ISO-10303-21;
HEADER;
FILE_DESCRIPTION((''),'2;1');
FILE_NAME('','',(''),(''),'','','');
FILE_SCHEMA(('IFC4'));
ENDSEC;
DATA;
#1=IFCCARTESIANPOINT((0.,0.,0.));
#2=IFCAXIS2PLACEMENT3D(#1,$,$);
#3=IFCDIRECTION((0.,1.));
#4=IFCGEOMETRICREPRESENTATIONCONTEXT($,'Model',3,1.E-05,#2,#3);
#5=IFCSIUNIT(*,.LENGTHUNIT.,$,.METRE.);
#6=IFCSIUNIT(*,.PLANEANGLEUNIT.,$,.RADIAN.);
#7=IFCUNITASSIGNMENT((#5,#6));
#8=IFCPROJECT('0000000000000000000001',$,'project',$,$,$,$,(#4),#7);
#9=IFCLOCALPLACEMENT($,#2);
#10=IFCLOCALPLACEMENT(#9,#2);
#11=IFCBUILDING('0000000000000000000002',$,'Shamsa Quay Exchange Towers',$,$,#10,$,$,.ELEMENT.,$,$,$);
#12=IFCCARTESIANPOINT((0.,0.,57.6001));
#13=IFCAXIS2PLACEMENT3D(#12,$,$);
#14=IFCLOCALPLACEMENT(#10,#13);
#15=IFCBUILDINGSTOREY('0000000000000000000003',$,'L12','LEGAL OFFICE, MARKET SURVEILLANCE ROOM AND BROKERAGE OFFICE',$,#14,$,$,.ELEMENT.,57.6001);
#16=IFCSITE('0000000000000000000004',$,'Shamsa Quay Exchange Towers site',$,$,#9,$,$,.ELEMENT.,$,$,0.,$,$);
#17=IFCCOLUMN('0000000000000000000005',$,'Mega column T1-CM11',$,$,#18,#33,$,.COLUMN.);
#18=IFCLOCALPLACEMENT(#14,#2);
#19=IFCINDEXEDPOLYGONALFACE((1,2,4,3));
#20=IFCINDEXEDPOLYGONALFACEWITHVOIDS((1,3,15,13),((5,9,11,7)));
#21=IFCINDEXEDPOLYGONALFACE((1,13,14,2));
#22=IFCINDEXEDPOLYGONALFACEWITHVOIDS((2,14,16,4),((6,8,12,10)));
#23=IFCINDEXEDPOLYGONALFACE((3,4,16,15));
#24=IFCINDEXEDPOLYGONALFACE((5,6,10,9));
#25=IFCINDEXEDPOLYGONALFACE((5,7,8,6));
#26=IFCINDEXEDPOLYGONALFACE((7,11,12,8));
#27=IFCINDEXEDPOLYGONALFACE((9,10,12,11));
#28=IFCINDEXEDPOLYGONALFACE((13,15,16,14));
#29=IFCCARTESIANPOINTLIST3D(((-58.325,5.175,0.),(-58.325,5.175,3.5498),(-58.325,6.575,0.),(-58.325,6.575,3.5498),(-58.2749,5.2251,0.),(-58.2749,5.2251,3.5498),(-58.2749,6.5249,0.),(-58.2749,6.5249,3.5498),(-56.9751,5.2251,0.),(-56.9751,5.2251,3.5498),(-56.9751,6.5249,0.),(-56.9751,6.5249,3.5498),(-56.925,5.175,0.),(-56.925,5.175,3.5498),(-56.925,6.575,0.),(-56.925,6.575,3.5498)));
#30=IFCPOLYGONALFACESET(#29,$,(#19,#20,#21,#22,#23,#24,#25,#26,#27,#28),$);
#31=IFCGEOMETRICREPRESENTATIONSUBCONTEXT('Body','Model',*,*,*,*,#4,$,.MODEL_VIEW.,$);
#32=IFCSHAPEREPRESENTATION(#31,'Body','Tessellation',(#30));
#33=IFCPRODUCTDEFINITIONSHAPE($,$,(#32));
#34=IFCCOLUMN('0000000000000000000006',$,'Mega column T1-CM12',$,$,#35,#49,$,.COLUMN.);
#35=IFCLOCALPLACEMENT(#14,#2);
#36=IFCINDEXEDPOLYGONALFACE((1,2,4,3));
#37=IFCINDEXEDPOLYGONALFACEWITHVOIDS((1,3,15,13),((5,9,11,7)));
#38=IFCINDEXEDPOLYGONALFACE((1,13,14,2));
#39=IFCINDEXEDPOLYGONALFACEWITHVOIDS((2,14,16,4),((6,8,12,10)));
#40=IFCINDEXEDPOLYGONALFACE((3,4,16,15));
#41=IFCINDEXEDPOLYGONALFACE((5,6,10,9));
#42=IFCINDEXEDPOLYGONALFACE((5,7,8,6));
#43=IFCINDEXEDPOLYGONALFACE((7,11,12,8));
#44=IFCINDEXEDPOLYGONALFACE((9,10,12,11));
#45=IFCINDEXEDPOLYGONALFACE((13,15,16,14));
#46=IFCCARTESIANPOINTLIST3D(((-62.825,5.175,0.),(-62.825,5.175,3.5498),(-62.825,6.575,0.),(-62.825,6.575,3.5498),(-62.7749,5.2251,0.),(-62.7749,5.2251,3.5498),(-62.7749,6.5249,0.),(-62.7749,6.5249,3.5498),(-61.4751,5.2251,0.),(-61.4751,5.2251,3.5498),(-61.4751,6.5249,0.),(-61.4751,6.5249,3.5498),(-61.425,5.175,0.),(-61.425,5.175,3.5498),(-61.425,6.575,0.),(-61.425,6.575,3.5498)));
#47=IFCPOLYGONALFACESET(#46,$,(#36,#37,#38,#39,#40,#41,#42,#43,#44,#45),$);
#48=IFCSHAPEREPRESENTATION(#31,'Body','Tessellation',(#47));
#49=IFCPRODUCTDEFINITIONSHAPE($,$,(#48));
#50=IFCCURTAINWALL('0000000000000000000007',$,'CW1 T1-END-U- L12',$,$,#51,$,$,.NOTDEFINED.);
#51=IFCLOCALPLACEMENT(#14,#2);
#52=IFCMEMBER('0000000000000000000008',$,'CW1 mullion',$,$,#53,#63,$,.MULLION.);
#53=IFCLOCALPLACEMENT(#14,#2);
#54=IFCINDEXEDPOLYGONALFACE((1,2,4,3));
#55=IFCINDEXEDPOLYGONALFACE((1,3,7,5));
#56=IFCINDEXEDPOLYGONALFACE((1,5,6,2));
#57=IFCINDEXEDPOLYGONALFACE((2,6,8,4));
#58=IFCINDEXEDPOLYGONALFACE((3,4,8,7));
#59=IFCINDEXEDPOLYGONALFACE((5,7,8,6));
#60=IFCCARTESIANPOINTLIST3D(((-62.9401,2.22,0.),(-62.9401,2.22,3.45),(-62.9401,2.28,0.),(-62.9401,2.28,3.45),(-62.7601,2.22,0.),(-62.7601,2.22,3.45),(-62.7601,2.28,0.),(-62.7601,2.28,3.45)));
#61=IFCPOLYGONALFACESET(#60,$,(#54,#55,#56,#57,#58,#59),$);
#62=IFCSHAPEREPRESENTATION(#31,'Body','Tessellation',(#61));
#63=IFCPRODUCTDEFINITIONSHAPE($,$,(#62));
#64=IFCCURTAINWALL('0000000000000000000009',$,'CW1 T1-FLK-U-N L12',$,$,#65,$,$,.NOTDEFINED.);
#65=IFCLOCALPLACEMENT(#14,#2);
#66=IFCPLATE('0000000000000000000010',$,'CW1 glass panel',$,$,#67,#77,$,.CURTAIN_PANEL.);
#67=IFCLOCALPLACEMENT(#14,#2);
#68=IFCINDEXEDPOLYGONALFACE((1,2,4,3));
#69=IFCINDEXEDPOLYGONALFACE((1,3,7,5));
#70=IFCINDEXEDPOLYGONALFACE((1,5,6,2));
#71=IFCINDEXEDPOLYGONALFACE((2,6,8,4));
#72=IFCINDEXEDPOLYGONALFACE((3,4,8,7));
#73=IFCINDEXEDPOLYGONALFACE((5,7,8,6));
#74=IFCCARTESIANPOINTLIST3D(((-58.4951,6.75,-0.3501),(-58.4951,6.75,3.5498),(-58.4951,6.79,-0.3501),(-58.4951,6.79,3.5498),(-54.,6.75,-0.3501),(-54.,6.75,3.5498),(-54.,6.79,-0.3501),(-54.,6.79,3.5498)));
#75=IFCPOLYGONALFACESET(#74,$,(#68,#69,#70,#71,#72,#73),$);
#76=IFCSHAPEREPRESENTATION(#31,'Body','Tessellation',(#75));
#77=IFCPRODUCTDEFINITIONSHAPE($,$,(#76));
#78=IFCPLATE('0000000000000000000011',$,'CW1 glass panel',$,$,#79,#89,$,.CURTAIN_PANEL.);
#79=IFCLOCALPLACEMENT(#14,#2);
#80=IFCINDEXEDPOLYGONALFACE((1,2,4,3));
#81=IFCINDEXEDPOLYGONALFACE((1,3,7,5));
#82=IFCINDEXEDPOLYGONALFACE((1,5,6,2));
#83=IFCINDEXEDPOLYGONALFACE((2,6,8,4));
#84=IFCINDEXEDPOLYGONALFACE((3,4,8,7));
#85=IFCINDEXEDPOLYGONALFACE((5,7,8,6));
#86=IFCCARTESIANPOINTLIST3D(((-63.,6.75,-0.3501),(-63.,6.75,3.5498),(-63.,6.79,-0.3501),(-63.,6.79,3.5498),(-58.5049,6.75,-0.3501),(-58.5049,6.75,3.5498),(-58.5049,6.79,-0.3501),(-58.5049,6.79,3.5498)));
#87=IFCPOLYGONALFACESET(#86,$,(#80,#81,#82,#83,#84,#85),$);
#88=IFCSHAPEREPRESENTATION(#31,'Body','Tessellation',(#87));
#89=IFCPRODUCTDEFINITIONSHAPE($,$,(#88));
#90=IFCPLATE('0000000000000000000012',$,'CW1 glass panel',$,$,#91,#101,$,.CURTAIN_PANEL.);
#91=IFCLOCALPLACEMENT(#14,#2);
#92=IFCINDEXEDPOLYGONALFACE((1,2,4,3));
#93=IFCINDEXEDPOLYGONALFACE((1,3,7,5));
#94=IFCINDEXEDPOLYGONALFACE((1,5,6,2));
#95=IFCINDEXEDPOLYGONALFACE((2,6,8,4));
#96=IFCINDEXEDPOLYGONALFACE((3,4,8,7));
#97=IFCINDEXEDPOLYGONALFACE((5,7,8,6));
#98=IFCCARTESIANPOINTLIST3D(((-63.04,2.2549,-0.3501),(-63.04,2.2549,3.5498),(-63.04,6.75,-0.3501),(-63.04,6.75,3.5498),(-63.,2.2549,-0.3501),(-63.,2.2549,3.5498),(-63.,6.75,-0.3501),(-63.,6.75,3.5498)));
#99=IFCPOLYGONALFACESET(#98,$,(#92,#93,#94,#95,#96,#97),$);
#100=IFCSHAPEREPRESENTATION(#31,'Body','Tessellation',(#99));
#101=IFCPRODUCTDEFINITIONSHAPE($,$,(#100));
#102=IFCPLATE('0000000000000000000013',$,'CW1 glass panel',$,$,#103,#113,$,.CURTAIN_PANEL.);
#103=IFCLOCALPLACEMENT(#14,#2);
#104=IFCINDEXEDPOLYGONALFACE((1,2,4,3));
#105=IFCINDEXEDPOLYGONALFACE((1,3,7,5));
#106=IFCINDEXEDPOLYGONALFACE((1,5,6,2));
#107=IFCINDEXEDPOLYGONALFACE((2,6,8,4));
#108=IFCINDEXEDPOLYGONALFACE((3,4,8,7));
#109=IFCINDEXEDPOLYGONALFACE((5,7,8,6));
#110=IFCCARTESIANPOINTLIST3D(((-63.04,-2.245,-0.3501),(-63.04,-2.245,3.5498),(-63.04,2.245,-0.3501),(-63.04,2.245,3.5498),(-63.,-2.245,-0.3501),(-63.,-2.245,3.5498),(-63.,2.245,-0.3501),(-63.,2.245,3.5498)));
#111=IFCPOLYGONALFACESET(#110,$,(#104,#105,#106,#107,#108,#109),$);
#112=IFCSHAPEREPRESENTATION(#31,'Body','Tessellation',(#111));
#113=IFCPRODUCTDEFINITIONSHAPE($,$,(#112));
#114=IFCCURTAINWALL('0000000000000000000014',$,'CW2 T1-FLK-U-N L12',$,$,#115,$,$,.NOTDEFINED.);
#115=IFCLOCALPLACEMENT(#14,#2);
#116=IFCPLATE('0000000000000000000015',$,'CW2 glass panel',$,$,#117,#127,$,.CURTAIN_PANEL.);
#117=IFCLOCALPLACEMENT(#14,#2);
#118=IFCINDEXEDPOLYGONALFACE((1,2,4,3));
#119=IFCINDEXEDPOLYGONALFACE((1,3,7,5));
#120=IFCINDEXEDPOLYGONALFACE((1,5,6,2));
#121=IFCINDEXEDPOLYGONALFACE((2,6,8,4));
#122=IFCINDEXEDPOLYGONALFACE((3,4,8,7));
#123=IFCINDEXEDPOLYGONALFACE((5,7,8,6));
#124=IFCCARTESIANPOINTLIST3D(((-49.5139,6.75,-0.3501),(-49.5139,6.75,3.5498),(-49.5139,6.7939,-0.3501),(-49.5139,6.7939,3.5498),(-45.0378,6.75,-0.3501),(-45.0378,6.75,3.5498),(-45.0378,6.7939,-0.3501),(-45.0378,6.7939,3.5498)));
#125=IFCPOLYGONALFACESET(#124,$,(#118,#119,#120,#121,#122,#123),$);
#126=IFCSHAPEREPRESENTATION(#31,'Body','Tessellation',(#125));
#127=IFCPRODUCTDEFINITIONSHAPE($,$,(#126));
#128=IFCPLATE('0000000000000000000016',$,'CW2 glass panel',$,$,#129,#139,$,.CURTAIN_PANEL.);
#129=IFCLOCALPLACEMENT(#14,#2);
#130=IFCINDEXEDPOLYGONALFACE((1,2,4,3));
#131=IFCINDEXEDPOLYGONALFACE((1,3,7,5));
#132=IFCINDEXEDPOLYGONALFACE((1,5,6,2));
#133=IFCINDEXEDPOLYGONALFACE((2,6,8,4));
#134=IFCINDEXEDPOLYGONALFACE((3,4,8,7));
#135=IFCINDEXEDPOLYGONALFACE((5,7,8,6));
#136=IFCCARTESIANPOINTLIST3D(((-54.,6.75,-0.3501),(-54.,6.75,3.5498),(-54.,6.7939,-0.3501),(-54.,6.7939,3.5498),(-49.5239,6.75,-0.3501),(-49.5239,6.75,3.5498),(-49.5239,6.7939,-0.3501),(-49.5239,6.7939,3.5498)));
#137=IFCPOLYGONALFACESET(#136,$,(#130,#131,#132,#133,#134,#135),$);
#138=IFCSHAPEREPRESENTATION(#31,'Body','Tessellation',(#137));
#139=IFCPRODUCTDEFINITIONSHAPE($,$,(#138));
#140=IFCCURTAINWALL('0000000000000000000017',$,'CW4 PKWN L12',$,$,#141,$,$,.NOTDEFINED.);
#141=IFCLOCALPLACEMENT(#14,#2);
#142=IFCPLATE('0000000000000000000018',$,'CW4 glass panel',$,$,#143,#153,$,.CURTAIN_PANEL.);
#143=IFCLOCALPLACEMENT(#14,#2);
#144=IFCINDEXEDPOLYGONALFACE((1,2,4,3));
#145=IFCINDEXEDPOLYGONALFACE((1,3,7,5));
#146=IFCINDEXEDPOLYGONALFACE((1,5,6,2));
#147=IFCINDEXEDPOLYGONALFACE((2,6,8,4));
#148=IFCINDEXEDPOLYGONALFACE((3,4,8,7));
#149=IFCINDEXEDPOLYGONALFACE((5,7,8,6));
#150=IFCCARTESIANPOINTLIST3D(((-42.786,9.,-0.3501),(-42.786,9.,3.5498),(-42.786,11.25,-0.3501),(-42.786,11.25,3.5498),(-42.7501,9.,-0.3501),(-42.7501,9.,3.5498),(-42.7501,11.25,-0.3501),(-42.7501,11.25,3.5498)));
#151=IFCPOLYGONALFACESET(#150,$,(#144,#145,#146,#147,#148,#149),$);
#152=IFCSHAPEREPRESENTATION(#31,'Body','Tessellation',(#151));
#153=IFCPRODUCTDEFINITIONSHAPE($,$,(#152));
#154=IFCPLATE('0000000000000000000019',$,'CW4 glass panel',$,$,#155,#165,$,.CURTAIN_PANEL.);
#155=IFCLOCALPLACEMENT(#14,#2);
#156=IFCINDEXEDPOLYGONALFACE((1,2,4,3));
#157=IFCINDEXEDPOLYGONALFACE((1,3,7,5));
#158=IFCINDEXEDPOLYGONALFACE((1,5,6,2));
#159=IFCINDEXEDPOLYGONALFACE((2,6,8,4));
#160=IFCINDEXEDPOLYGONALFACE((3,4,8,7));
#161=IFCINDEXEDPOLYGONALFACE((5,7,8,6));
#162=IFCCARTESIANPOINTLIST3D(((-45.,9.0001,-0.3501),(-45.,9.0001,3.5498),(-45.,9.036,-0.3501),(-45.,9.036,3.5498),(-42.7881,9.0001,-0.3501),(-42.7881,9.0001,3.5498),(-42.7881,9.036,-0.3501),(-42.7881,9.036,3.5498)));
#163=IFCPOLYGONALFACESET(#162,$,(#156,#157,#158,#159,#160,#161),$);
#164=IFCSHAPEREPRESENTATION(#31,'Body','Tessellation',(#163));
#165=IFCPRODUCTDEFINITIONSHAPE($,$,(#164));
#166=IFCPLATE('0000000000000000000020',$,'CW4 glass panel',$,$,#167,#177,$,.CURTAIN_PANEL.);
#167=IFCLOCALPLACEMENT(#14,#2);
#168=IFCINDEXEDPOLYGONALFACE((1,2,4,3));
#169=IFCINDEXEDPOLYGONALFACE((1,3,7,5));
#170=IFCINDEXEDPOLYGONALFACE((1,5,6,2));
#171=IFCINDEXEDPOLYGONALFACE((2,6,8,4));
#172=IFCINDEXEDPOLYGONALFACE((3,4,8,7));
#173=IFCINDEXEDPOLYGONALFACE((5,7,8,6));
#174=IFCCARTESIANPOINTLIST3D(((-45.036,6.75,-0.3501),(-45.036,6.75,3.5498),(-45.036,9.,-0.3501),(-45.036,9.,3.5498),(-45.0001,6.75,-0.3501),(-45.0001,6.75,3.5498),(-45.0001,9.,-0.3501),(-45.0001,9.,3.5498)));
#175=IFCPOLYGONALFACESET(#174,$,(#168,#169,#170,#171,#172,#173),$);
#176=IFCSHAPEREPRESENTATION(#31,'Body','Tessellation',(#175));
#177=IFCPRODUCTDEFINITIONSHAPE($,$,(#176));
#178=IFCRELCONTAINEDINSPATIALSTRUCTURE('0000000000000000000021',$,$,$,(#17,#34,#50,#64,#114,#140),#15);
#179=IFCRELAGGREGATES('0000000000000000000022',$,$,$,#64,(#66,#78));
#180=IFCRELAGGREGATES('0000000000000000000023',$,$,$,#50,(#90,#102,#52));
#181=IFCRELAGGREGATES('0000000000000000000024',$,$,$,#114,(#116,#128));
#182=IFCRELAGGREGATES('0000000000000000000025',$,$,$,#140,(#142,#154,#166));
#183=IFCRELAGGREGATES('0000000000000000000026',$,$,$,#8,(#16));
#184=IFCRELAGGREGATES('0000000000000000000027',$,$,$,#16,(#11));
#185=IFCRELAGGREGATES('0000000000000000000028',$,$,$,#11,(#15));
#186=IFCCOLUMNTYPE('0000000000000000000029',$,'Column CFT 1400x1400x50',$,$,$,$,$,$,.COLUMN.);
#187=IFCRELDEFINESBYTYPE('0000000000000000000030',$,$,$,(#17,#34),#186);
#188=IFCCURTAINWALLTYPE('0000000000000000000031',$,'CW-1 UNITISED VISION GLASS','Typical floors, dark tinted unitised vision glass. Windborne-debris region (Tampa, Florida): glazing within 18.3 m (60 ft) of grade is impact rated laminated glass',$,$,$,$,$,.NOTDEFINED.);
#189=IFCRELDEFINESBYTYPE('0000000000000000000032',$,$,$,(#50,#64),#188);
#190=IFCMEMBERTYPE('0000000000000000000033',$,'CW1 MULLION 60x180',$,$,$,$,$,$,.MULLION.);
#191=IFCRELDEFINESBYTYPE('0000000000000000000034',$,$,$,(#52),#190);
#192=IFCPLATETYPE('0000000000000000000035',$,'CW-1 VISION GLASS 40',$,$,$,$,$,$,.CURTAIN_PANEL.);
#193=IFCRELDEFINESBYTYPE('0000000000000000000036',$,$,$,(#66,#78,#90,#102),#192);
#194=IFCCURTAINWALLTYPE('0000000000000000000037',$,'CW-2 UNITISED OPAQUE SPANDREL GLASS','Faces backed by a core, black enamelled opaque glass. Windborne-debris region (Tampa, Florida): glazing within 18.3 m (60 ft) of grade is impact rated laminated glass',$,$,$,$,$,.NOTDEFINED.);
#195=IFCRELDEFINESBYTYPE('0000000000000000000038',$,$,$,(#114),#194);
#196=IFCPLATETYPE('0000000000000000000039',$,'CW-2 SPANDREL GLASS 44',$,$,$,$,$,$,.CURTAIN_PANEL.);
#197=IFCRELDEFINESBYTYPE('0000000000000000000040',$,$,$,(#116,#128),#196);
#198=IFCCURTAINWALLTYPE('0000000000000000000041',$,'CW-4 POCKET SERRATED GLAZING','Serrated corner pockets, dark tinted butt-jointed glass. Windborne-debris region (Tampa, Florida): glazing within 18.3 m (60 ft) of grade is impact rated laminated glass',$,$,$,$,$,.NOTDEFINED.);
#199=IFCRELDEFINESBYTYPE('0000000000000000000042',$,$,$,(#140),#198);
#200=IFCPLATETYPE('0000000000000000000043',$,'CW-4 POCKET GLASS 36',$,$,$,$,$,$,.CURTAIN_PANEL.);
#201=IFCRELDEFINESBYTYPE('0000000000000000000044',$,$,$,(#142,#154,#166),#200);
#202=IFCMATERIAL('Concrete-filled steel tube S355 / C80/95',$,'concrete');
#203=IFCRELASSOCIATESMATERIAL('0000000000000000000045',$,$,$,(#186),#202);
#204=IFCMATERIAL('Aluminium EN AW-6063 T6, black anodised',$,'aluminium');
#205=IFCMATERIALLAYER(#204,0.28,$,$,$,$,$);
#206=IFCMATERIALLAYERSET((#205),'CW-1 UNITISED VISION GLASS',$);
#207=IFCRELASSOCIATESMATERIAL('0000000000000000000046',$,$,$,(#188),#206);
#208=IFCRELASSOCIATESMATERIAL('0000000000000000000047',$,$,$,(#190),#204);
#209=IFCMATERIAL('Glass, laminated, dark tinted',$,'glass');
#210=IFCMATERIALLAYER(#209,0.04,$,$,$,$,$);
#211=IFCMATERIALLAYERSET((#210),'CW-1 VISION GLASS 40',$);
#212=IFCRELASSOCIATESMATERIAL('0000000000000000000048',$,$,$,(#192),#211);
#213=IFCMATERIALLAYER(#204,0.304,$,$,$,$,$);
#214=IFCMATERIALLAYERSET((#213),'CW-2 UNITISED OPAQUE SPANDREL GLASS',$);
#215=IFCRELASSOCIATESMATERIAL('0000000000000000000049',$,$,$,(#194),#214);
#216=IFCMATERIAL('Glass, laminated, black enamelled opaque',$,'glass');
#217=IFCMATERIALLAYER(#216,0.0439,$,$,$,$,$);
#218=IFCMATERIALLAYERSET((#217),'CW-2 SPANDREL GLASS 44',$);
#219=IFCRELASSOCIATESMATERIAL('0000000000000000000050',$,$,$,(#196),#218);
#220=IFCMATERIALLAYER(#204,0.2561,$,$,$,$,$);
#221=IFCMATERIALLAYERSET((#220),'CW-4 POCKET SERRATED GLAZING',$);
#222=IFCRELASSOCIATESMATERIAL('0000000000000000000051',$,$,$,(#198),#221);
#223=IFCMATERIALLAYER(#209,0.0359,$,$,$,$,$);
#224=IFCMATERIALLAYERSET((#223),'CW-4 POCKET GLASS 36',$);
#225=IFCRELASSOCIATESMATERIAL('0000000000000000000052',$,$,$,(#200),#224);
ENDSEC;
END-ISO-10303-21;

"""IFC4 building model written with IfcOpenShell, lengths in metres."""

from ifc_helpers import new_model, si_unit, direction, frame, origin, origin_2d, place, context, subcontext, project, spatial, rectangle, hollow_rectangle, extrude, material, layer, layer_set, material_profile, profile_set, type_object, element, aggregate, save


model = new_model("IFC4")

# Units and contexts
model_context = context("Model", 3, precision=1e-05, world=origin(), true_north=direction((0.0, 1.0)))
body_context = subcontext(model_context, "Body", "Model", "MODEL_VIEW")
ifc_project = project(units=[si_unit("LENGTHUNIT", "METRE"), si_unit("PLANEANGLEUNIT", "RADIAN")], contexts=[model_context])

# Site, building, storey
site_placement = place(None, origin())
site = spatial("IfcSite", under=ifc_project, at=site_placement, Name="Shamsa Quay Exchange Towers site", CompositionType="ELEMENT", RefElevation=0.0)
building_placement = place(site_placement, origin())
building = spatial("IfcBuilding", under=site, at=building_placement, Name="Shamsa Quay Exchange Towers", CompositionType="ELEMENT")
storey_placement = place(building_placement, frame((0.0, 0.0, 57.6001)))
storey = spatial("IfcBuildingStorey", under=building, at=storey_placement, Name="L12", Description="LEGAL OFFICE, MARKET SURVEILLANCE ROOM AND BROKERAGE OFFICE", CompositionType="ELEMENT", Elevation=57.6001)

# Columns
ifc_material_1 = material(Name="Concrete-filled steel tube S355 / C80/95", Category="concrete")
ifc_material_profile_1 = material_profile(ifc_material_1, hollow_rectangle(XDim=1.3999, YDim=1.3999, WallThickness=0.05, at=origin_2d()), Name="CFT 1400x1400x50")
ifc_profile_set_1 = profile_set([ifc_material_profile_1], Name="Concrete-filled steel tube S355 / C80/95")
column_type = type_object("IfcColumnType", Name="Column CFT 1400x1400x50", PredefinedType="COLUMN", material=ifc_profile_set_1)
for number, where, name in (
    (1, (-57.625, 5.875, 0.0), "Mega column T1-CM11"),
    (2, (-62.125, 5.875, 0.0), "Mega column T1-CM12"),
):
    element("IfcColumn", number, at=place(storey_placement, frame(where)), inside=storey, type_object=column_type, Name=name, PredefinedType="COLUMN", context=body_context, shape_type="SweptSolid", body=[
        extrude(hollow_rectangle(XDim=1.3999, YDim=1.3999, WallThickness=0.05, at=origin_2d()), origin(), (0.0, 0.0, 1.0), 3.5498),
    ])

# Curtain wall, member
ifc_material_2 = material(Name="Aluminium EN AW-6063 T6, black anodised", Category="aluminium")
ifc_layer_1 = layer(ifc_material_2, 0.28)
ifc_layer_set_1 = layer_set([ifc_layer_1], Name="CW-1 UNITISED VISION GLASS")
curtain_wall_type_1 = type_object("IfcCurtainWallType", Name="CW-1 UNITISED VISION GLASS", Description="Typical floors, dark tinted unitised vision glass. Windborne-debris region (Tampa, Florida): glazing within 18.3 m (60 ft) of grade is impact rated laminated glass", PredefinedType="NOTDEFINED", material=ifc_layer_set_1)
curtain_wall_1_placement = place(storey_placement, origin())
curtain_wall_1 = element("IfcCurtainWall", 3, at=curtain_wall_1_placement, inside=storey, type_object=curtain_wall_type_1, Name="CW1 T1-END-U- L12", PredefinedType="NOTDEFINED")
ifc_material_profile_2 = material_profile(ifc_material_2, rectangle(XDim=0.1799, YDim=0.0601, at=origin_2d()), Name="MU60x180")
ifc_profile_set_2 = profile_set([ifc_material_profile_2], Name="Aluminium EN AW-6063 T6, black anodised")
member_type = type_object("IfcMemberType", Name="CW1 MULLION 60x180", PredefinedType="MULLION", material=ifc_profile_set_2)
member_placement = place(storey_placement, frame((-62.8501, 2.25, 0.0)))
member = element("IfcMember", 4, at=member_placement, type_object=member_type, Name="CW1 mullion", PredefinedType="MULLION", context=body_context, shape_type="SweptSolid", body=[
    extrude(rectangle(XDim=0.1799, YDim=0.0601, at=origin_2d()), origin(), (0.0, 0.0, 1.0), 3.45),
])

# Curtain wall, plates
curtain_wall_2_placement = place(storey_placement, origin())
curtain_wall_2 = element("IfcCurtainWall", 5, at=curtain_wall_2_placement, inside=storey, type_object=curtain_wall_type_1, Name="CW1 T1-FLK-U-N L12", PredefinedType="NOTDEFINED")
ifc_material_3 = material(Name="Glass, laminated, dark tinted", Category="glass")
ifc_layer_2 = layer(ifc_material_3, 0.04)
ifc_layer_set_2 = layer_set([ifc_layer_2], Name="CW-1 VISION GLASS 40")
plate_type_1 = type_object("IfcPlateType", Name="CW-1 VISION GLASS 40", PredefinedType="CURTAIN_PANEL", material=ifc_layer_set_2)
plate_1_placement = place(storey_placement, frame((-56.2476, 6.77, -0.3501), z_axis=(0.0, 0.0, 1.0), x_axis=(-1.0, 0.0, 0.0)))
plate_1 = element("IfcPlate", 6, at=plate_1_placement, type_object=plate_type_1, Name="CW1 glass panel", PredefinedType="CURTAIN_PANEL", context=body_context, shape_type="SweptSolid", body=[
    extrude(rectangle(XDim=4.4951, YDim=0.04, at=origin_2d()), origin(), (0.0, 0.0, 1.0), 3.8999),
])
plate_2_placement = place(storey_placement, frame((-60.7524, 6.77, -0.3501), z_axis=(0.0, 0.0, 1.0), x_axis=(-1.0, 0.0, 0.0)))
plate_2 = element("IfcPlate", 7, at=plate_2_placement, type_object=plate_type_1, Name="CW1 glass panel", PredefinedType="CURTAIN_PANEL", context=body_context, shape_type="SweptSolid", body=[
    extrude(rectangle(XDim=4.4951, YDim=0.04, at=origin_2d()), origin(), (0.0, 0.0, 1.0), 3.8999),
])
aggregate(curtain_wall_2, [plate_1, plate_2])

# Plates
plate_3_placement = place(storey_placement, frame((-63.02, 4.5024, -0.3501), z_axis=(0.0, 0.0, 1.0), x_axis=(0.0, -1.0, 0.0)))
plate_3 = element("IfcPlate", 8, at=plate_3_placement, type_object=plate_type_1, Name="CW1 glass panel", PredefinedType="CURTAIN_PANEL", context=body_context, shape_type="SweptSolid", body=[
    extrude(rectangle(XDim=4.4951, YDim=0.04, at=origin_2d()), origin(), (0.0, 0.0, 1.0), 3.8999),
])
plate_4_placement = place(storey_placement, frame((-63.02, 0.0, -0.3501), z_axis=(0.0, 0.0, 1.0), x_axis=(0.0, -1.0, 0.0)))
plate_4 = element("IfcPlate", 9, at=plate_4_placement, type_object=plate_type_1, Name="CW1 glass panel", PredefinedType="CURTAIN_PANEL", context=body_context, shape_type="SweptSolid", body=[
    extrude(rectangle(XDim=4.49, YDim=0.04, at=origin_2d()), origin(), (0.0, 0.0, 1.0), 3.8999),
])
aggregate(curtain_wall_1, [plate_3, plate_4, member])

# Curtain walls, plates
ifc_layer_3 = layer(ifc_material_2, 0.304)
ifc_layer_set_3 = layer_set([ifc_layer_3], Name="CW-2 UNITISED OPAQUE SPANDREL GLASS")
curtain_wall_type_2 = type_object("IfcCurtainWallType", Name="CW-2 UNITISED OPAQUE SPANDREL GLASS", Description="Faces backed by a core, black enamelled opaque glass. Windborne-debris region (Tampa, Florida): glazing within 18.3 m (60 ft) of grade is impact rated laminated glass", PredefinedType="NOTDEFINED", material=ifc_layer_set_3)
curtain_wall_3_placement = place(storey_placement, origin())
curtain_wall_3 = element("IfcCurtainWall", 10, at=curtain_wall_3_placement, inside=storey, type_object=curtain_wall_type_2, Name="CW2 T1-FLK-U-N L12", PredefinedType="NOTDEFINED")
ifc_material_4 = material(Name="Glass, laminated, black enamelled opaque", Category="glass")
ifc_layer_4 = layer(ifc_material_4, 0.0439)
ifc_layer_set_4 = layer_set([ifc_layer_4], Name="CW-2 SPANDREL GLASS 44")
plate_type_2 = type_object("IfcPlateType", Name="CW-2 SPANDREL GLASS 44", PredefinedType="CURTAIN_PANEL", material=ifc_layer_set_4)
plate_5_placement = place(storey_placement, frame((-47.2759, 6.772, -0.3501), z_axis=(0.0, 0.0, 1.0), x_axis=(-1.0, 0.0, 0.0)))
plate_5 = element("IfcPlate", 11, at=plate_5_placement, type_object=plate_type_2, Name="CW2 glass panel", PredefinedType="CURTAIN_PANEL", context=body_context, shape_type="SweptSolid", body=[
    extrude(rectangle(XDim=4.4761, YDim=0.0439, at=origin_2d()), origin(), (0.0, 0.0, 1.0), 3.8999),
])
plate_6_placement = place(storey_placement, frame((-51.762, 6.772, -0.3501), z_axis=(0.0, 0.0, 1.0), x_axis=(-1.0, 0.0, 0.0)))
plate_6 = element("IfcPlate", 12, at=plate_6_placement, type_object=plate_type_2, Name="CW2 glass panel", PredefinedType="CURTAIN_PANEL", context=body_context, shape_type="SweptSolid", body=[
    extrude(rectangle(XDim=4.4761, YDim=0.0439, at=origin_2d()), origin(), (0.0, 0.0, 1.0), 3.8999),
])
aggregate(curtain_wall_3, [plate_5, plate_6])
ifc_layer_5 = layer(ifc_material_2, 0.2561)
ifc_layer_set_5 = layer_set([ifc_layer_5], Name="CW-4 POCKET SERRATED GLAZING")
curtain_wall_type_3 = type_object("IfcCurtainWallType", Name="CW-4 POCKET SERRATED GLAZING", Description="Serrated corner pockets, dark tinted butt-jointed glass. Windborne-debris region (Tampa, Florida): glazing within 18.3 m (60 ft) of grade is impact rated laminated glass", PredefinedType="NOTDEFINED", material=ifc_layer_set_5)
curtain_wall_4_placement = place(storey_placement, origin())
curtain_wall_4 = element("IfcCurtainWall", 13, at=curtain_wall_4_placement, inside=storey, type_object=curtain_wall_type_3, Name="CW4 PKWN L12", PredefinedType="NOTDEFINED")
ifc_layer_6 = layer(ifc_material_3, 0.0359)
ifc_layer_set_6 = layer_set([ifc_layer_6], Name="CW-4 POCKET GLASS 36")
plate_type_3 = type_object("IfcPlateType", Name="CW-4 POCKET GLASS 36", PredefinedType="CURTAIN_PANEL", material=ifc_layer_set_6)
plate_7_placement = place(storey_placement, frame((-42.7681, 10.125, -0.3501), z_axis=(0.0, 0.0, 1.0), x_axis=(0.0, -1.0, 0.0)))
plate_7 = element("IfcPlate", 14, at=plate_7_placement, type_object=plate_type_3, Name="CW4 glass panel", PredefinedType="CURTAIN_PANEL", context=body_context, shape_type="SweptSolid", body=[
    extrude(rectangle(XDim=2.25, YDim=0.0359, at=origin_2d()), origin(), (0.0, 0.0, 1.0), 3.8999),
])
plate_8_placement = place(storey_placement, frame((-43.894, 9.0181, -0.3501), z_axis=(0.0, 0.0, 1.0), x_axis=(-1.0, 0.0, 0.0)))
plate_8 = element("IfcPlate", 15, at=plate_8_placement, type_object=plate_type_3, Name="CW4 glass panel", PredefinedType="CURTAIN_PANEL", context=body_context, shape_type="SweptSolid", body=[
    extrude(rectangle(XDim=2.2119, YDim=0.0359, at=origin_2d()), origin(), (0.0, 0.0, 1.0), 3.8999),
])
plate_9_placement = place(storey_placement, frame((-45.0181, 7.875, -0.3501), z_axis=(0.0, 0.0, 1.0), x_axis=(0.0, -1.0, 0.0)))
plate_9 = element("IfcPlate", 16, at=plate_9_placement, type_object=plate_type_3, Name="CW4 glass panel", PredefinedType="CURTAIN_PANEL", context=body_context, shape_type="SweptSolid", body=[
    extrude(rectangle(XDim=2.25, YDim=0.0359, at=origin_2d()), origin(), (0.0, 0.0, 1.0), 3.8999),
])
aggregate(curtain_wall_4, [plate_7, plate_8, plate_9])

save(model, "model.ifc")
